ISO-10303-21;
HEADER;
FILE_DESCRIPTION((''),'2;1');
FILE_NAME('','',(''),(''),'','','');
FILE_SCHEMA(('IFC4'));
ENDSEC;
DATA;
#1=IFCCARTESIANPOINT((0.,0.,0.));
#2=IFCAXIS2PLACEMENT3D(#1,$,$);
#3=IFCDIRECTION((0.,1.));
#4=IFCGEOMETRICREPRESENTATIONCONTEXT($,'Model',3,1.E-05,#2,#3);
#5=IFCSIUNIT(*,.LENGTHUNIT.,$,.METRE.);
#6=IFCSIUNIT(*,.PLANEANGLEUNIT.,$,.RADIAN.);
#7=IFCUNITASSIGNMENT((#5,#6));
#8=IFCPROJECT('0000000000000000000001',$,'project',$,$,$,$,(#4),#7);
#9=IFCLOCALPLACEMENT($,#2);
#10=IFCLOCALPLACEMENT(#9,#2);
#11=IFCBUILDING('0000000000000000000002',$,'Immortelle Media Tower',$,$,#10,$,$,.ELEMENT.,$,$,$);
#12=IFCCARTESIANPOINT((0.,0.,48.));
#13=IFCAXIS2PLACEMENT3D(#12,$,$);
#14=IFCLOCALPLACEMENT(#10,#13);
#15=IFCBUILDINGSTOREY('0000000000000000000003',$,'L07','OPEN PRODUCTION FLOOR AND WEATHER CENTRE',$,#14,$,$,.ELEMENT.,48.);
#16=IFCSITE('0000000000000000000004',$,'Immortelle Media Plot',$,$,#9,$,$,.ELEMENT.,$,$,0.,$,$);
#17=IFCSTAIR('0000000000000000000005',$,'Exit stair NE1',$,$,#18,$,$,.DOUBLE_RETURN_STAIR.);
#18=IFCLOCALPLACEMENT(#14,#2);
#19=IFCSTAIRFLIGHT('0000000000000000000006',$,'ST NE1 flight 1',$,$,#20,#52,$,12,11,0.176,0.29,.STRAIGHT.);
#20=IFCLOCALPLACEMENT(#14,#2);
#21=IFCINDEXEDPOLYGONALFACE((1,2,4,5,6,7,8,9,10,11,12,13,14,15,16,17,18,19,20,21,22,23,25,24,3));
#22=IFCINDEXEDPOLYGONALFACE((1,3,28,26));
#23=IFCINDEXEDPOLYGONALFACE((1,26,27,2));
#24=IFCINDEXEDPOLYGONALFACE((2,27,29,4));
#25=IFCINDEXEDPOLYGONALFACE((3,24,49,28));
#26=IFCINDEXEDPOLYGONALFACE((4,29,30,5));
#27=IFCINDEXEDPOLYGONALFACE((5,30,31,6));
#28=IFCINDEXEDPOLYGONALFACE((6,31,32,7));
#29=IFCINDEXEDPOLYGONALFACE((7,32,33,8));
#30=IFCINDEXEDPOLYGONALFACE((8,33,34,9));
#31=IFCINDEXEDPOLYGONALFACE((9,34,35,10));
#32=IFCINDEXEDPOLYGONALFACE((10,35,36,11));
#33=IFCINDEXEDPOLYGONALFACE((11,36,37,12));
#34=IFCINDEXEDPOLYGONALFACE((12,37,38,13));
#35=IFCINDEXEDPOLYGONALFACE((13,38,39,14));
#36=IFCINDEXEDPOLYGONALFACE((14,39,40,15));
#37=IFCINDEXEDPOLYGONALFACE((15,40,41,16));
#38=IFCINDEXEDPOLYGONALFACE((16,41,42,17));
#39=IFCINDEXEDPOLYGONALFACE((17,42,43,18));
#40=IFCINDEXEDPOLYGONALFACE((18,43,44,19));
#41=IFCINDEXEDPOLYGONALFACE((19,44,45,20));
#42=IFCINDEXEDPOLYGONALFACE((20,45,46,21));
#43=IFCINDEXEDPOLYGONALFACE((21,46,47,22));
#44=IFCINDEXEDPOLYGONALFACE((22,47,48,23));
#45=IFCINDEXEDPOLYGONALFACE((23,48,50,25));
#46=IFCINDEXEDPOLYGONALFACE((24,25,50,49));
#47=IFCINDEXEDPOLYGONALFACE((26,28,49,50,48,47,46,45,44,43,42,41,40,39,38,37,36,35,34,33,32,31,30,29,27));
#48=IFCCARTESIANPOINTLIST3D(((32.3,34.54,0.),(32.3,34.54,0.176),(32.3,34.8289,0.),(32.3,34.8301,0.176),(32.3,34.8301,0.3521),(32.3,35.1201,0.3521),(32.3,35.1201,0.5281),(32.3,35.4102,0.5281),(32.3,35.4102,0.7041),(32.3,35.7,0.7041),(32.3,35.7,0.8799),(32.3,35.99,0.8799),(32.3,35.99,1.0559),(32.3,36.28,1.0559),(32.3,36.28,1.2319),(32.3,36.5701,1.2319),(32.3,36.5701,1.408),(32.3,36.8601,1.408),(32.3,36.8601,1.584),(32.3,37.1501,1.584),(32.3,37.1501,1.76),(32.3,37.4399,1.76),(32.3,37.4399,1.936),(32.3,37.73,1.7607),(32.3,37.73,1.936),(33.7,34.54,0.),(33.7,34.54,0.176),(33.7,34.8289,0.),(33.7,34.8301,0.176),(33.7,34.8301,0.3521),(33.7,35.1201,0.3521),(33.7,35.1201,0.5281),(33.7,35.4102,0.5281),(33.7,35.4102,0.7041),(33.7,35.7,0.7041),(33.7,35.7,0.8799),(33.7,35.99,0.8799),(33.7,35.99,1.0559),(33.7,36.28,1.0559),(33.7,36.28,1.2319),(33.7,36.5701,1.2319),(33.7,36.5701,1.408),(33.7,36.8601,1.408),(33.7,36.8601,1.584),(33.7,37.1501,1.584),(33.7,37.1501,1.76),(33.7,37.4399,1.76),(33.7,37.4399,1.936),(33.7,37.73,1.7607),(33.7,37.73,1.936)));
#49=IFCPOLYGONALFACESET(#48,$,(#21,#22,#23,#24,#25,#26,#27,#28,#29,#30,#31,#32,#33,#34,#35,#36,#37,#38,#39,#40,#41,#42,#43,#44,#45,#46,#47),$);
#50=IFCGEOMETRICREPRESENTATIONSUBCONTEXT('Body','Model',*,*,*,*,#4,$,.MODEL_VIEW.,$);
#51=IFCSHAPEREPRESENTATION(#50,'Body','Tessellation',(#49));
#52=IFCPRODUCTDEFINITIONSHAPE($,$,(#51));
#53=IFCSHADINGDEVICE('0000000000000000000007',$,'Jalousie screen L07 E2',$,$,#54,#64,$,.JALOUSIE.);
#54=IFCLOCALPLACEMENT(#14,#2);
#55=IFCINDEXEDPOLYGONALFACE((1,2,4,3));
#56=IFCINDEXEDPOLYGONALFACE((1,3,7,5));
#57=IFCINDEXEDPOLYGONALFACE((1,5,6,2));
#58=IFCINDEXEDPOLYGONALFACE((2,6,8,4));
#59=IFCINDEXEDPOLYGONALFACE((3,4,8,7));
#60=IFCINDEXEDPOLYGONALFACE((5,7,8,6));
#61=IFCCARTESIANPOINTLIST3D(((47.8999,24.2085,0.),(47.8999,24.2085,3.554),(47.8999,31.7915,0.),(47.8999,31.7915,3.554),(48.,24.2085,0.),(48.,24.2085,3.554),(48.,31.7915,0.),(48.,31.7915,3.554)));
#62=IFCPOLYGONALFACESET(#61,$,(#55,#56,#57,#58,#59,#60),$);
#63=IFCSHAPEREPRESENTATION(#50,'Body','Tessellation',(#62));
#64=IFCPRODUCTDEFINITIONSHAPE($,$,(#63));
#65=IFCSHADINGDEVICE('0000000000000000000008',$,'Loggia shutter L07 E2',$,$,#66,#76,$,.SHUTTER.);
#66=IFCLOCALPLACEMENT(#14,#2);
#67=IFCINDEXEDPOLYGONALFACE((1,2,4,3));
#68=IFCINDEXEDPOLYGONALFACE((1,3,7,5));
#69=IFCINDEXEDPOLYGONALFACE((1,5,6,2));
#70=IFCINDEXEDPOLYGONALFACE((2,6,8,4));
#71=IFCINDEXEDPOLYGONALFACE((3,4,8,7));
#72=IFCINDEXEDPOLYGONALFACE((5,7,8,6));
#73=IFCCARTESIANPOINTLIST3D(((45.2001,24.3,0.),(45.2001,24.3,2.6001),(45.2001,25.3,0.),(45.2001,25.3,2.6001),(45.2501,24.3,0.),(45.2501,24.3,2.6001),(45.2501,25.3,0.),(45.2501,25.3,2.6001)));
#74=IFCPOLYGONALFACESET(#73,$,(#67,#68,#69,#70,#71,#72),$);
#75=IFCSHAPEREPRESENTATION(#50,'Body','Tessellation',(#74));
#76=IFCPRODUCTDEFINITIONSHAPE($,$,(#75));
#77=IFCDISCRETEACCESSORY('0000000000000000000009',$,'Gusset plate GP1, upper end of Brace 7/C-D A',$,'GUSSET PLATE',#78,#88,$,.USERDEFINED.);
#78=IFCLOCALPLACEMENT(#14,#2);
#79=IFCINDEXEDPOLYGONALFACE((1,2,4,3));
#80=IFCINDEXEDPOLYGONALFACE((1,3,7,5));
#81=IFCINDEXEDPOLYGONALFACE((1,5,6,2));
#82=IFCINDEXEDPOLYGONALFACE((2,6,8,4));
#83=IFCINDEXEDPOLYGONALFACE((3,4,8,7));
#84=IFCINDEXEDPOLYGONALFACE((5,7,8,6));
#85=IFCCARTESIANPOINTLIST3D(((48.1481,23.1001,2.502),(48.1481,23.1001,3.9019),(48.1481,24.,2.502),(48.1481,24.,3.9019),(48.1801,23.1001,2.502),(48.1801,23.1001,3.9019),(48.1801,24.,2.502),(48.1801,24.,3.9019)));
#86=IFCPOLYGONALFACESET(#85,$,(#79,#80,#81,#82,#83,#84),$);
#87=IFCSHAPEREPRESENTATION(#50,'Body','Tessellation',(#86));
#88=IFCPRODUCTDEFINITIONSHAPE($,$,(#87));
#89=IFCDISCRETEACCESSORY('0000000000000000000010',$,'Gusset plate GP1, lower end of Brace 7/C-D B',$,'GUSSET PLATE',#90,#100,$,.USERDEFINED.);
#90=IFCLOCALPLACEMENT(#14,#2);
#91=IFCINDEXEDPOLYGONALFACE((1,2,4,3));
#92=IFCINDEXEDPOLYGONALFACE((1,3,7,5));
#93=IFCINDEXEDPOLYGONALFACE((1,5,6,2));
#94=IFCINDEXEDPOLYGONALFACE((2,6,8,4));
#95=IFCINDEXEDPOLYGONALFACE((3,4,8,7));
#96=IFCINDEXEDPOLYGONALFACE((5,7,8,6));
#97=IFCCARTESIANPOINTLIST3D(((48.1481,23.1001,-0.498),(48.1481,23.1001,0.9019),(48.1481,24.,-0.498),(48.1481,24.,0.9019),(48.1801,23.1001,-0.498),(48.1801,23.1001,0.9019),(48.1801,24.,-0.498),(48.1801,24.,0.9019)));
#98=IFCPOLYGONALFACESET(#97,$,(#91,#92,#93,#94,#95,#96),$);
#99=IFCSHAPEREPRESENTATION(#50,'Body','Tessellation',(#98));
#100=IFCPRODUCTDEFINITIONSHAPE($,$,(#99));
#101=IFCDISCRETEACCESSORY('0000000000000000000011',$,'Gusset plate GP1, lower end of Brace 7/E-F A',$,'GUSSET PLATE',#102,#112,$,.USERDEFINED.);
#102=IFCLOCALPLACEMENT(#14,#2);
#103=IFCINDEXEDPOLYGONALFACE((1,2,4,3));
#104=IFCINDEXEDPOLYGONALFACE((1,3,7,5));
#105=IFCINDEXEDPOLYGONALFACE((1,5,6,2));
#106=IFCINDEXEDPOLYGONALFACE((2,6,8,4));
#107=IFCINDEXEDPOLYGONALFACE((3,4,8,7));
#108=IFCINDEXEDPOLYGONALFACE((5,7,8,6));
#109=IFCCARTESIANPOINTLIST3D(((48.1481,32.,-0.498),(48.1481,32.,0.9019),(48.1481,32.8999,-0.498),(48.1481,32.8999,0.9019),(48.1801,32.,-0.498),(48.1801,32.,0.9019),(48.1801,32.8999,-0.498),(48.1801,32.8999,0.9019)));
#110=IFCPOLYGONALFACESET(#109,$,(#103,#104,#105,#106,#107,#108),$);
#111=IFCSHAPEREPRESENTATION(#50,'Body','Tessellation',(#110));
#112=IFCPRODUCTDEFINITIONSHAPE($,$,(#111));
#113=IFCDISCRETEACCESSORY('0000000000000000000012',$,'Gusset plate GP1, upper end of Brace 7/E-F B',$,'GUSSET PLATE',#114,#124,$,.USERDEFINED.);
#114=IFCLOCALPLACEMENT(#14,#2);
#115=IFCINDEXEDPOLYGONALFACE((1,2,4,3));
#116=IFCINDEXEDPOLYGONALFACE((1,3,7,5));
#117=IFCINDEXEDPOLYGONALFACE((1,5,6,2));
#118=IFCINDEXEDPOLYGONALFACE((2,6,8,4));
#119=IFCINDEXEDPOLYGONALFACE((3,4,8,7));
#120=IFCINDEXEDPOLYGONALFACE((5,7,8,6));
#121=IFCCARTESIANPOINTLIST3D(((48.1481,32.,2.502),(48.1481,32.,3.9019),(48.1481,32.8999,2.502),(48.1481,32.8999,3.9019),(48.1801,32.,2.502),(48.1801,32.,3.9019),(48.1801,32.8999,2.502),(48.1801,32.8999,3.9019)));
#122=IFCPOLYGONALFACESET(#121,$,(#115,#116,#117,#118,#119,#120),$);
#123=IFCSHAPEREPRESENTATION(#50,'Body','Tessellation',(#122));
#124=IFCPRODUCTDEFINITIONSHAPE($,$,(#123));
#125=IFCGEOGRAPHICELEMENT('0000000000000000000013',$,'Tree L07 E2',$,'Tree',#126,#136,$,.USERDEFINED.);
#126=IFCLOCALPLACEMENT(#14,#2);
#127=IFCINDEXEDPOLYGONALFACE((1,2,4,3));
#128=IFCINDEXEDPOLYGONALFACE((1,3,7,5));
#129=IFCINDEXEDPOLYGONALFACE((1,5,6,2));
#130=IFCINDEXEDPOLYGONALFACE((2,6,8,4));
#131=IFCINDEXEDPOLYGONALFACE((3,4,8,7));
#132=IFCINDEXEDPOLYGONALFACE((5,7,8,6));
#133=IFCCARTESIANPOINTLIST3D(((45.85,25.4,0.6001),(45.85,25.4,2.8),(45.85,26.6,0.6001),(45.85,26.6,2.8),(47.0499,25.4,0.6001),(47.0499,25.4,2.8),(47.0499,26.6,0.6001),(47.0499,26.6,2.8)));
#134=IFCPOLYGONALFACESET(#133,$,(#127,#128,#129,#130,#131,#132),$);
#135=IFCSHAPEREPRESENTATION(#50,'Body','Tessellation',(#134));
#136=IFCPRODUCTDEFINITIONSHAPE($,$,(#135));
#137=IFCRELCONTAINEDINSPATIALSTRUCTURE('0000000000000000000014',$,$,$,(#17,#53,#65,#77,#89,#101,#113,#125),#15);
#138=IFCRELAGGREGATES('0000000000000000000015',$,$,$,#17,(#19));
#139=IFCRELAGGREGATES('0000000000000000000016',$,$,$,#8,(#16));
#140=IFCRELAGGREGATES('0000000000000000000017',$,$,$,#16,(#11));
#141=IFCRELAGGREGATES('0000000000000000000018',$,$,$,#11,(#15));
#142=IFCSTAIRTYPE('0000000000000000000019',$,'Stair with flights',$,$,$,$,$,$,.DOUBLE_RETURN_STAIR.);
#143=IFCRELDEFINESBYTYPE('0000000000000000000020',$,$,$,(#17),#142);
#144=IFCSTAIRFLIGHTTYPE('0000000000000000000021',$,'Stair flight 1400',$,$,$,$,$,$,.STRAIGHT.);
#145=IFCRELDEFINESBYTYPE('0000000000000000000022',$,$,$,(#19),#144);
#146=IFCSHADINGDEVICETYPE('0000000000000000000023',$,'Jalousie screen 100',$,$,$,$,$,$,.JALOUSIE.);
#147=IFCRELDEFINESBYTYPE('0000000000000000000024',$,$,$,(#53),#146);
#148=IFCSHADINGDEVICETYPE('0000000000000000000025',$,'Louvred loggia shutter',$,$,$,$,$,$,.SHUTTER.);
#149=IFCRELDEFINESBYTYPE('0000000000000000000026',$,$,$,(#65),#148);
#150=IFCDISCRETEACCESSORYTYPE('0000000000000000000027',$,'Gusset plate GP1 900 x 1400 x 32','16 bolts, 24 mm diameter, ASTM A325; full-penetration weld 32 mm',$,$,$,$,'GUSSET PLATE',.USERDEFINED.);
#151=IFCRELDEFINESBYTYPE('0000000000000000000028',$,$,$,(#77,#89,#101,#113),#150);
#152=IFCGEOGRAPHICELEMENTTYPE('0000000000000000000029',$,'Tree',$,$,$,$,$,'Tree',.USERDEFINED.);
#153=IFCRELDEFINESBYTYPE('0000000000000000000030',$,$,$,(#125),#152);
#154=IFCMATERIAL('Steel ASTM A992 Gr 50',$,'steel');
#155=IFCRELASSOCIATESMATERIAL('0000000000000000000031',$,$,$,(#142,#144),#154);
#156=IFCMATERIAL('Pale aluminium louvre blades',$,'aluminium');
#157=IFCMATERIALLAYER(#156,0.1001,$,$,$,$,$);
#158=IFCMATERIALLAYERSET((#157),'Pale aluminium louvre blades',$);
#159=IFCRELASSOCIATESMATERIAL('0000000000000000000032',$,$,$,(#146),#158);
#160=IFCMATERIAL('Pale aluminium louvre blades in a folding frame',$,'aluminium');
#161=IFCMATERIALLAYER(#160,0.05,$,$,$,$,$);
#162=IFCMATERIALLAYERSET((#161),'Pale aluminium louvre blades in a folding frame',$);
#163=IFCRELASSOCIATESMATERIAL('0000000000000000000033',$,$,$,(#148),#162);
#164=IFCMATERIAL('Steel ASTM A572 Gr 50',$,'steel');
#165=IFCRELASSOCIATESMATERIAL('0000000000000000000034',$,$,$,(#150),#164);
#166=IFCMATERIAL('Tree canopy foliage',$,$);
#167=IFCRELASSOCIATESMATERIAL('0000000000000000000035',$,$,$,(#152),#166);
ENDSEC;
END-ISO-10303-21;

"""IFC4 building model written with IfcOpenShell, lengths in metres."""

from ifc_helpers import new_model, si_unit, direction, frame, origin, origin_2d, place, context, subcontext, project, spatial, polyline, rectangle, outline, extrude, material, layer, layer_set, material_profile, profile_set, type_object, element, aggregate, save


model = new_model("IFC4")

# Units and contexts
model_context = context("Model", 3, precision=1e-05, world=origin(), true_north=direction((0.0, 1.0)))
body_context = subcontext(model_context, "Body", "Model", "MODEL_VIEW")
ifc_project = project(units=[si_unit("LENGTHUNIT", "METRE"), si_unit("PLANEANGLEUNIT", "RADIAN")], contexts=[model_context])

# Site, building, storey
site_placement = place(None, origin())
site = spatial("IfcSite", under=ifc_project, at=site_placement, Name="Immortelle Media Plot", CompositionType="ELEMENT", RefElevation=0.0)
building_placement = place(site_placement, origin())
building = spatial("IfcBuilding", under=site, at=building_placement, Name="Immortelle Media Tower", CompositionType="ELEMENT")
storey_placement = place(building_placement, frame((0.0, 0.0, 48.0)))
storey = spatial("IfcBuildingStorey", under=building, at=storey_placement, Name="L07", Description="OPEN PRODUCTION FLOOR AND WEATHER CENTRE", CompositionType="ELEMENT", Elevation=48.0)

# Shared definitions
ifc_material_1 = material(Name="Steel ASTM A992 Gr 50", Category="steel")

# Stair, stair flight
stair_type = type_object("IfcStairType", Name="Stair with flights", PredefinedType="DOUBLE_RETURN_STAIR", material=ifc_material_1)
stair_placement = place(storey_placement, origin())
stair = element("IfcStair", 1, at=stair_placement, inside=storey, type_object=stair_type, Name="Exit stair NE1", PredefinedType="DOUBLE_RETURN_STAIR")
stair_flight_type = type_object("IfcStairFlightType", Name="Stair flight 1400", PredefinedType="STRAIGHT", material=ifc_material_1)
stair_flight_placement = place(storey_placement, frame((33.0, 34.54, 0.0), z_axis=(0.0, 0.0, 1.0), x_axis=(0.0, 1.0, 0.0)))
stair_flight = element("IfcStairFlight", 2, at=stair_flight_placement, type_object=stair_flight_type, Name="ST NE1 flight 1", NumberOfRisers=12, NumberOfTreads=11, PredefinedType="STRAIGHT", RiserHeight=0.176, TreadLength=0.29, context=body_context, shape_type="SweptSolid", body=[
    extrude(outline(polyline([(0.0, 0.0), (0.0, 0.176), (0.29, 0.176), (0.29, 0.3521), (0.5801, 0.3521), (0.5801, 0.5281), (0.8701, 0.5281), (0.8701, 0.7041), (1.1599, 0.7041), (1.1599, 0.8799), (1.45, 0.8799), (1.45, 1.0559), (1.74, 1.0559), (1.74, 1.2319), (2.03, 1.2319), (2.03, 1.408), (2.3201, 1.408), (2.3201, 1.584), (2.6101, 1.584), (2.6101, 1.76), (2.8999, 1.76), (2.8999, 1.936), (3.1899, 1.936), (3.1899, 2.1121), (3.1899, 1.7607), (0.2888, 0.0), (0.0, 0.0)])), frame((0.0, 0.7, 0.0), z_axis=(0.0, -1.0, 0.0), x_axis=(1.0, 0.0, 0.0)), (0.0, 0.0, 1.0), 1.3999),
])
aggregate(stair, [stair_flight])

# Shading devices
ifc_material_2 = material(Name="Pale aluminium louvre blades", Category="aluminium")
ifc_layer_1 = layer(ifc_material_2, 0.1001)
ifc_layer_set_1 = layer_set([ifc_layer_1], Name="Pale aluminium louvre blades")
shading_device_type_1 = type_object("IfcShadingDeviceType", Name="Jalousie screen 100", PredefinedType="JALOUSIE", material=ifc_layer_set_1)
shading_device_1_placement = place(storey_placement, frame((47.95, 28.0, 0.0), z_axis=(0.0, 0.0, 1.0), x_axis=(0.0, 1.0, 0.0)))
element("IfcShadingDevice", 3, at=shading_device_1_placement, inside=storey, type_object=shading_device_type_1, Name="Jalousie screen L07 E2", PredefinedType="JALOUSIE", context=body_context, shape_type="SweptSolid", body=[
    extrude(rectangle(XDim=7.583, YDim=0.1001, at=origin_2d()), origin(), (0.0, 0.0, 1.0), 3.554),
])
ifc_material_3 = material(Name="Pale aluminium louvre blades in a folding frame", Category="aluminium")
ifc_layer_2 = layer(ifc_material_3, 0.05)
ifc_layer_set_2 = layer_set([ifc_layer_2], Name="Pale aluminium louvre blades in a folding frame")
shading_device_type_2 = type_object("IfcShadingDeviceType", Name="Louvred loggia shutter", PredefinedType="SHUTTER", material=ifc_layer_set_2)
shading_device_2_placement = place(storey_placement, frame((45.2251, 24.8, 0.0), z_axis=(0.0, 0.0, 1.0), x_axis=(0.0, 1.0, 0.0)))
element("IfcShadingDevice", 4, at=shading_device_2_placement, inside=storey, type_object=shading_device_type_2, Name="Loggia shutter L07 E2", PredefinedType="SHUTTER", context=body_context, shape_type="SweptSolid", body=[
    extrude(rectangle(XDim=1.0, YDim=0.05, at=origin_2d()), origin(), (0.0, 0.0, 1.0), 2.6001),
])

# Discrete accessories
ifc_material_4 = material(Name="Steel ASTM A572 Gr 50", Category="steel")
ifc_material_profile_1 = material_profile(ifc_material_4, rectangle(XDim=0.032, YDim=1.3999, at=origin_2d()), Name="PL 32 x 1400")
ifc_profile_set_1 = profile_set([ifc_material_profile_1], Name="Steel ASTM A572 Gr 50")
discrete_accessory_type = type_object("IfcDiscreteAccessoryType", Name="Gusset plate GP1 900 x 1400 x 32", Description="16 bolts, 24 mm diameter, ASTM A325; full-penetration weld 32 mm", ElementType="GUSSET PLATE", PredefinedType="USERDEFINED", material=ifc_profile_set_1)
for number, where, z_axis, x_axis, name in (
    (5, (48.1641, 24.0, 3.2019), (0.0, -1.0, 0.0), (1.0, 0.0, 0.0), "Gusset plate GP1, upper end of Brace 7/C-D A"),
    (6, (48.1641, 24.0, 0.2019), (0.0, -1.0, 0.0), (1.0, 0.0, 0.0), "Gusset plate GP1, lower end of Brace 7/C-D B"),
    (7, (48.1641, 32.0, 0.2019), (0.0, 1.0, 0.0), (-1.0, 0.0, 0.0), "Gusset plate GP1, lower end of Brace 7/E-F A"),
    (8, (48.1641, 32.0, 3.2019), (0.0, 1.0, 0.0), (-1.0, 0.0, 0.0), "Gusset plate GP1, upper end of Brace 7/E-F B"),
):
    element("IfcDiscreteAccessory", number, at=place(storey_placement, frame(where, z_axis=z_axis, x_axis=x_axis)), inside=storey, type_object=discrete_accessory_type, Name=name, ObjectType="GUSSET PLATE", PredefinedType="USERDEFINED", context=body_context, shape_type="SweptSolid", body=[
        extrude(rectangle(XDim=0.032, YDim=1.3999, at=origin_2d()), origin(), (0.0, 0.0, 1.0), 0.8999),
    ])

# Geographic element
ifc_material_5 = material(Name="Tree canopy foliage")
geographic_element_type = type_object("IfcGeographicElementType", Name="Tree", ElementType="Tree", PredefinedType="USERDEFINED", material=ifc_material_5)
geographic_element_placement = place(storey_placement, frame((46.45, 26.0, 0.6001), z_axis=(0.0, 0.0, 1.0), x_axis=(1.0, 0.0, 0.0)))
element("IfcGeographicElement", 9, at=geographic_element_placement, inside=storey, type_object=geographic_element_type, Name="Tree L07 E2", ObjectType="Tree", PredefinedType="USERDEFINED", context=body_context, shape_type="SweptSolid", body=[
    extrude(rectangle(XDim=1.2, YDim=1.2, at=origin_2d()), origin(), (0.0, 0.0, 1.0), 2.2),
])

save(model, "model.ifc")
